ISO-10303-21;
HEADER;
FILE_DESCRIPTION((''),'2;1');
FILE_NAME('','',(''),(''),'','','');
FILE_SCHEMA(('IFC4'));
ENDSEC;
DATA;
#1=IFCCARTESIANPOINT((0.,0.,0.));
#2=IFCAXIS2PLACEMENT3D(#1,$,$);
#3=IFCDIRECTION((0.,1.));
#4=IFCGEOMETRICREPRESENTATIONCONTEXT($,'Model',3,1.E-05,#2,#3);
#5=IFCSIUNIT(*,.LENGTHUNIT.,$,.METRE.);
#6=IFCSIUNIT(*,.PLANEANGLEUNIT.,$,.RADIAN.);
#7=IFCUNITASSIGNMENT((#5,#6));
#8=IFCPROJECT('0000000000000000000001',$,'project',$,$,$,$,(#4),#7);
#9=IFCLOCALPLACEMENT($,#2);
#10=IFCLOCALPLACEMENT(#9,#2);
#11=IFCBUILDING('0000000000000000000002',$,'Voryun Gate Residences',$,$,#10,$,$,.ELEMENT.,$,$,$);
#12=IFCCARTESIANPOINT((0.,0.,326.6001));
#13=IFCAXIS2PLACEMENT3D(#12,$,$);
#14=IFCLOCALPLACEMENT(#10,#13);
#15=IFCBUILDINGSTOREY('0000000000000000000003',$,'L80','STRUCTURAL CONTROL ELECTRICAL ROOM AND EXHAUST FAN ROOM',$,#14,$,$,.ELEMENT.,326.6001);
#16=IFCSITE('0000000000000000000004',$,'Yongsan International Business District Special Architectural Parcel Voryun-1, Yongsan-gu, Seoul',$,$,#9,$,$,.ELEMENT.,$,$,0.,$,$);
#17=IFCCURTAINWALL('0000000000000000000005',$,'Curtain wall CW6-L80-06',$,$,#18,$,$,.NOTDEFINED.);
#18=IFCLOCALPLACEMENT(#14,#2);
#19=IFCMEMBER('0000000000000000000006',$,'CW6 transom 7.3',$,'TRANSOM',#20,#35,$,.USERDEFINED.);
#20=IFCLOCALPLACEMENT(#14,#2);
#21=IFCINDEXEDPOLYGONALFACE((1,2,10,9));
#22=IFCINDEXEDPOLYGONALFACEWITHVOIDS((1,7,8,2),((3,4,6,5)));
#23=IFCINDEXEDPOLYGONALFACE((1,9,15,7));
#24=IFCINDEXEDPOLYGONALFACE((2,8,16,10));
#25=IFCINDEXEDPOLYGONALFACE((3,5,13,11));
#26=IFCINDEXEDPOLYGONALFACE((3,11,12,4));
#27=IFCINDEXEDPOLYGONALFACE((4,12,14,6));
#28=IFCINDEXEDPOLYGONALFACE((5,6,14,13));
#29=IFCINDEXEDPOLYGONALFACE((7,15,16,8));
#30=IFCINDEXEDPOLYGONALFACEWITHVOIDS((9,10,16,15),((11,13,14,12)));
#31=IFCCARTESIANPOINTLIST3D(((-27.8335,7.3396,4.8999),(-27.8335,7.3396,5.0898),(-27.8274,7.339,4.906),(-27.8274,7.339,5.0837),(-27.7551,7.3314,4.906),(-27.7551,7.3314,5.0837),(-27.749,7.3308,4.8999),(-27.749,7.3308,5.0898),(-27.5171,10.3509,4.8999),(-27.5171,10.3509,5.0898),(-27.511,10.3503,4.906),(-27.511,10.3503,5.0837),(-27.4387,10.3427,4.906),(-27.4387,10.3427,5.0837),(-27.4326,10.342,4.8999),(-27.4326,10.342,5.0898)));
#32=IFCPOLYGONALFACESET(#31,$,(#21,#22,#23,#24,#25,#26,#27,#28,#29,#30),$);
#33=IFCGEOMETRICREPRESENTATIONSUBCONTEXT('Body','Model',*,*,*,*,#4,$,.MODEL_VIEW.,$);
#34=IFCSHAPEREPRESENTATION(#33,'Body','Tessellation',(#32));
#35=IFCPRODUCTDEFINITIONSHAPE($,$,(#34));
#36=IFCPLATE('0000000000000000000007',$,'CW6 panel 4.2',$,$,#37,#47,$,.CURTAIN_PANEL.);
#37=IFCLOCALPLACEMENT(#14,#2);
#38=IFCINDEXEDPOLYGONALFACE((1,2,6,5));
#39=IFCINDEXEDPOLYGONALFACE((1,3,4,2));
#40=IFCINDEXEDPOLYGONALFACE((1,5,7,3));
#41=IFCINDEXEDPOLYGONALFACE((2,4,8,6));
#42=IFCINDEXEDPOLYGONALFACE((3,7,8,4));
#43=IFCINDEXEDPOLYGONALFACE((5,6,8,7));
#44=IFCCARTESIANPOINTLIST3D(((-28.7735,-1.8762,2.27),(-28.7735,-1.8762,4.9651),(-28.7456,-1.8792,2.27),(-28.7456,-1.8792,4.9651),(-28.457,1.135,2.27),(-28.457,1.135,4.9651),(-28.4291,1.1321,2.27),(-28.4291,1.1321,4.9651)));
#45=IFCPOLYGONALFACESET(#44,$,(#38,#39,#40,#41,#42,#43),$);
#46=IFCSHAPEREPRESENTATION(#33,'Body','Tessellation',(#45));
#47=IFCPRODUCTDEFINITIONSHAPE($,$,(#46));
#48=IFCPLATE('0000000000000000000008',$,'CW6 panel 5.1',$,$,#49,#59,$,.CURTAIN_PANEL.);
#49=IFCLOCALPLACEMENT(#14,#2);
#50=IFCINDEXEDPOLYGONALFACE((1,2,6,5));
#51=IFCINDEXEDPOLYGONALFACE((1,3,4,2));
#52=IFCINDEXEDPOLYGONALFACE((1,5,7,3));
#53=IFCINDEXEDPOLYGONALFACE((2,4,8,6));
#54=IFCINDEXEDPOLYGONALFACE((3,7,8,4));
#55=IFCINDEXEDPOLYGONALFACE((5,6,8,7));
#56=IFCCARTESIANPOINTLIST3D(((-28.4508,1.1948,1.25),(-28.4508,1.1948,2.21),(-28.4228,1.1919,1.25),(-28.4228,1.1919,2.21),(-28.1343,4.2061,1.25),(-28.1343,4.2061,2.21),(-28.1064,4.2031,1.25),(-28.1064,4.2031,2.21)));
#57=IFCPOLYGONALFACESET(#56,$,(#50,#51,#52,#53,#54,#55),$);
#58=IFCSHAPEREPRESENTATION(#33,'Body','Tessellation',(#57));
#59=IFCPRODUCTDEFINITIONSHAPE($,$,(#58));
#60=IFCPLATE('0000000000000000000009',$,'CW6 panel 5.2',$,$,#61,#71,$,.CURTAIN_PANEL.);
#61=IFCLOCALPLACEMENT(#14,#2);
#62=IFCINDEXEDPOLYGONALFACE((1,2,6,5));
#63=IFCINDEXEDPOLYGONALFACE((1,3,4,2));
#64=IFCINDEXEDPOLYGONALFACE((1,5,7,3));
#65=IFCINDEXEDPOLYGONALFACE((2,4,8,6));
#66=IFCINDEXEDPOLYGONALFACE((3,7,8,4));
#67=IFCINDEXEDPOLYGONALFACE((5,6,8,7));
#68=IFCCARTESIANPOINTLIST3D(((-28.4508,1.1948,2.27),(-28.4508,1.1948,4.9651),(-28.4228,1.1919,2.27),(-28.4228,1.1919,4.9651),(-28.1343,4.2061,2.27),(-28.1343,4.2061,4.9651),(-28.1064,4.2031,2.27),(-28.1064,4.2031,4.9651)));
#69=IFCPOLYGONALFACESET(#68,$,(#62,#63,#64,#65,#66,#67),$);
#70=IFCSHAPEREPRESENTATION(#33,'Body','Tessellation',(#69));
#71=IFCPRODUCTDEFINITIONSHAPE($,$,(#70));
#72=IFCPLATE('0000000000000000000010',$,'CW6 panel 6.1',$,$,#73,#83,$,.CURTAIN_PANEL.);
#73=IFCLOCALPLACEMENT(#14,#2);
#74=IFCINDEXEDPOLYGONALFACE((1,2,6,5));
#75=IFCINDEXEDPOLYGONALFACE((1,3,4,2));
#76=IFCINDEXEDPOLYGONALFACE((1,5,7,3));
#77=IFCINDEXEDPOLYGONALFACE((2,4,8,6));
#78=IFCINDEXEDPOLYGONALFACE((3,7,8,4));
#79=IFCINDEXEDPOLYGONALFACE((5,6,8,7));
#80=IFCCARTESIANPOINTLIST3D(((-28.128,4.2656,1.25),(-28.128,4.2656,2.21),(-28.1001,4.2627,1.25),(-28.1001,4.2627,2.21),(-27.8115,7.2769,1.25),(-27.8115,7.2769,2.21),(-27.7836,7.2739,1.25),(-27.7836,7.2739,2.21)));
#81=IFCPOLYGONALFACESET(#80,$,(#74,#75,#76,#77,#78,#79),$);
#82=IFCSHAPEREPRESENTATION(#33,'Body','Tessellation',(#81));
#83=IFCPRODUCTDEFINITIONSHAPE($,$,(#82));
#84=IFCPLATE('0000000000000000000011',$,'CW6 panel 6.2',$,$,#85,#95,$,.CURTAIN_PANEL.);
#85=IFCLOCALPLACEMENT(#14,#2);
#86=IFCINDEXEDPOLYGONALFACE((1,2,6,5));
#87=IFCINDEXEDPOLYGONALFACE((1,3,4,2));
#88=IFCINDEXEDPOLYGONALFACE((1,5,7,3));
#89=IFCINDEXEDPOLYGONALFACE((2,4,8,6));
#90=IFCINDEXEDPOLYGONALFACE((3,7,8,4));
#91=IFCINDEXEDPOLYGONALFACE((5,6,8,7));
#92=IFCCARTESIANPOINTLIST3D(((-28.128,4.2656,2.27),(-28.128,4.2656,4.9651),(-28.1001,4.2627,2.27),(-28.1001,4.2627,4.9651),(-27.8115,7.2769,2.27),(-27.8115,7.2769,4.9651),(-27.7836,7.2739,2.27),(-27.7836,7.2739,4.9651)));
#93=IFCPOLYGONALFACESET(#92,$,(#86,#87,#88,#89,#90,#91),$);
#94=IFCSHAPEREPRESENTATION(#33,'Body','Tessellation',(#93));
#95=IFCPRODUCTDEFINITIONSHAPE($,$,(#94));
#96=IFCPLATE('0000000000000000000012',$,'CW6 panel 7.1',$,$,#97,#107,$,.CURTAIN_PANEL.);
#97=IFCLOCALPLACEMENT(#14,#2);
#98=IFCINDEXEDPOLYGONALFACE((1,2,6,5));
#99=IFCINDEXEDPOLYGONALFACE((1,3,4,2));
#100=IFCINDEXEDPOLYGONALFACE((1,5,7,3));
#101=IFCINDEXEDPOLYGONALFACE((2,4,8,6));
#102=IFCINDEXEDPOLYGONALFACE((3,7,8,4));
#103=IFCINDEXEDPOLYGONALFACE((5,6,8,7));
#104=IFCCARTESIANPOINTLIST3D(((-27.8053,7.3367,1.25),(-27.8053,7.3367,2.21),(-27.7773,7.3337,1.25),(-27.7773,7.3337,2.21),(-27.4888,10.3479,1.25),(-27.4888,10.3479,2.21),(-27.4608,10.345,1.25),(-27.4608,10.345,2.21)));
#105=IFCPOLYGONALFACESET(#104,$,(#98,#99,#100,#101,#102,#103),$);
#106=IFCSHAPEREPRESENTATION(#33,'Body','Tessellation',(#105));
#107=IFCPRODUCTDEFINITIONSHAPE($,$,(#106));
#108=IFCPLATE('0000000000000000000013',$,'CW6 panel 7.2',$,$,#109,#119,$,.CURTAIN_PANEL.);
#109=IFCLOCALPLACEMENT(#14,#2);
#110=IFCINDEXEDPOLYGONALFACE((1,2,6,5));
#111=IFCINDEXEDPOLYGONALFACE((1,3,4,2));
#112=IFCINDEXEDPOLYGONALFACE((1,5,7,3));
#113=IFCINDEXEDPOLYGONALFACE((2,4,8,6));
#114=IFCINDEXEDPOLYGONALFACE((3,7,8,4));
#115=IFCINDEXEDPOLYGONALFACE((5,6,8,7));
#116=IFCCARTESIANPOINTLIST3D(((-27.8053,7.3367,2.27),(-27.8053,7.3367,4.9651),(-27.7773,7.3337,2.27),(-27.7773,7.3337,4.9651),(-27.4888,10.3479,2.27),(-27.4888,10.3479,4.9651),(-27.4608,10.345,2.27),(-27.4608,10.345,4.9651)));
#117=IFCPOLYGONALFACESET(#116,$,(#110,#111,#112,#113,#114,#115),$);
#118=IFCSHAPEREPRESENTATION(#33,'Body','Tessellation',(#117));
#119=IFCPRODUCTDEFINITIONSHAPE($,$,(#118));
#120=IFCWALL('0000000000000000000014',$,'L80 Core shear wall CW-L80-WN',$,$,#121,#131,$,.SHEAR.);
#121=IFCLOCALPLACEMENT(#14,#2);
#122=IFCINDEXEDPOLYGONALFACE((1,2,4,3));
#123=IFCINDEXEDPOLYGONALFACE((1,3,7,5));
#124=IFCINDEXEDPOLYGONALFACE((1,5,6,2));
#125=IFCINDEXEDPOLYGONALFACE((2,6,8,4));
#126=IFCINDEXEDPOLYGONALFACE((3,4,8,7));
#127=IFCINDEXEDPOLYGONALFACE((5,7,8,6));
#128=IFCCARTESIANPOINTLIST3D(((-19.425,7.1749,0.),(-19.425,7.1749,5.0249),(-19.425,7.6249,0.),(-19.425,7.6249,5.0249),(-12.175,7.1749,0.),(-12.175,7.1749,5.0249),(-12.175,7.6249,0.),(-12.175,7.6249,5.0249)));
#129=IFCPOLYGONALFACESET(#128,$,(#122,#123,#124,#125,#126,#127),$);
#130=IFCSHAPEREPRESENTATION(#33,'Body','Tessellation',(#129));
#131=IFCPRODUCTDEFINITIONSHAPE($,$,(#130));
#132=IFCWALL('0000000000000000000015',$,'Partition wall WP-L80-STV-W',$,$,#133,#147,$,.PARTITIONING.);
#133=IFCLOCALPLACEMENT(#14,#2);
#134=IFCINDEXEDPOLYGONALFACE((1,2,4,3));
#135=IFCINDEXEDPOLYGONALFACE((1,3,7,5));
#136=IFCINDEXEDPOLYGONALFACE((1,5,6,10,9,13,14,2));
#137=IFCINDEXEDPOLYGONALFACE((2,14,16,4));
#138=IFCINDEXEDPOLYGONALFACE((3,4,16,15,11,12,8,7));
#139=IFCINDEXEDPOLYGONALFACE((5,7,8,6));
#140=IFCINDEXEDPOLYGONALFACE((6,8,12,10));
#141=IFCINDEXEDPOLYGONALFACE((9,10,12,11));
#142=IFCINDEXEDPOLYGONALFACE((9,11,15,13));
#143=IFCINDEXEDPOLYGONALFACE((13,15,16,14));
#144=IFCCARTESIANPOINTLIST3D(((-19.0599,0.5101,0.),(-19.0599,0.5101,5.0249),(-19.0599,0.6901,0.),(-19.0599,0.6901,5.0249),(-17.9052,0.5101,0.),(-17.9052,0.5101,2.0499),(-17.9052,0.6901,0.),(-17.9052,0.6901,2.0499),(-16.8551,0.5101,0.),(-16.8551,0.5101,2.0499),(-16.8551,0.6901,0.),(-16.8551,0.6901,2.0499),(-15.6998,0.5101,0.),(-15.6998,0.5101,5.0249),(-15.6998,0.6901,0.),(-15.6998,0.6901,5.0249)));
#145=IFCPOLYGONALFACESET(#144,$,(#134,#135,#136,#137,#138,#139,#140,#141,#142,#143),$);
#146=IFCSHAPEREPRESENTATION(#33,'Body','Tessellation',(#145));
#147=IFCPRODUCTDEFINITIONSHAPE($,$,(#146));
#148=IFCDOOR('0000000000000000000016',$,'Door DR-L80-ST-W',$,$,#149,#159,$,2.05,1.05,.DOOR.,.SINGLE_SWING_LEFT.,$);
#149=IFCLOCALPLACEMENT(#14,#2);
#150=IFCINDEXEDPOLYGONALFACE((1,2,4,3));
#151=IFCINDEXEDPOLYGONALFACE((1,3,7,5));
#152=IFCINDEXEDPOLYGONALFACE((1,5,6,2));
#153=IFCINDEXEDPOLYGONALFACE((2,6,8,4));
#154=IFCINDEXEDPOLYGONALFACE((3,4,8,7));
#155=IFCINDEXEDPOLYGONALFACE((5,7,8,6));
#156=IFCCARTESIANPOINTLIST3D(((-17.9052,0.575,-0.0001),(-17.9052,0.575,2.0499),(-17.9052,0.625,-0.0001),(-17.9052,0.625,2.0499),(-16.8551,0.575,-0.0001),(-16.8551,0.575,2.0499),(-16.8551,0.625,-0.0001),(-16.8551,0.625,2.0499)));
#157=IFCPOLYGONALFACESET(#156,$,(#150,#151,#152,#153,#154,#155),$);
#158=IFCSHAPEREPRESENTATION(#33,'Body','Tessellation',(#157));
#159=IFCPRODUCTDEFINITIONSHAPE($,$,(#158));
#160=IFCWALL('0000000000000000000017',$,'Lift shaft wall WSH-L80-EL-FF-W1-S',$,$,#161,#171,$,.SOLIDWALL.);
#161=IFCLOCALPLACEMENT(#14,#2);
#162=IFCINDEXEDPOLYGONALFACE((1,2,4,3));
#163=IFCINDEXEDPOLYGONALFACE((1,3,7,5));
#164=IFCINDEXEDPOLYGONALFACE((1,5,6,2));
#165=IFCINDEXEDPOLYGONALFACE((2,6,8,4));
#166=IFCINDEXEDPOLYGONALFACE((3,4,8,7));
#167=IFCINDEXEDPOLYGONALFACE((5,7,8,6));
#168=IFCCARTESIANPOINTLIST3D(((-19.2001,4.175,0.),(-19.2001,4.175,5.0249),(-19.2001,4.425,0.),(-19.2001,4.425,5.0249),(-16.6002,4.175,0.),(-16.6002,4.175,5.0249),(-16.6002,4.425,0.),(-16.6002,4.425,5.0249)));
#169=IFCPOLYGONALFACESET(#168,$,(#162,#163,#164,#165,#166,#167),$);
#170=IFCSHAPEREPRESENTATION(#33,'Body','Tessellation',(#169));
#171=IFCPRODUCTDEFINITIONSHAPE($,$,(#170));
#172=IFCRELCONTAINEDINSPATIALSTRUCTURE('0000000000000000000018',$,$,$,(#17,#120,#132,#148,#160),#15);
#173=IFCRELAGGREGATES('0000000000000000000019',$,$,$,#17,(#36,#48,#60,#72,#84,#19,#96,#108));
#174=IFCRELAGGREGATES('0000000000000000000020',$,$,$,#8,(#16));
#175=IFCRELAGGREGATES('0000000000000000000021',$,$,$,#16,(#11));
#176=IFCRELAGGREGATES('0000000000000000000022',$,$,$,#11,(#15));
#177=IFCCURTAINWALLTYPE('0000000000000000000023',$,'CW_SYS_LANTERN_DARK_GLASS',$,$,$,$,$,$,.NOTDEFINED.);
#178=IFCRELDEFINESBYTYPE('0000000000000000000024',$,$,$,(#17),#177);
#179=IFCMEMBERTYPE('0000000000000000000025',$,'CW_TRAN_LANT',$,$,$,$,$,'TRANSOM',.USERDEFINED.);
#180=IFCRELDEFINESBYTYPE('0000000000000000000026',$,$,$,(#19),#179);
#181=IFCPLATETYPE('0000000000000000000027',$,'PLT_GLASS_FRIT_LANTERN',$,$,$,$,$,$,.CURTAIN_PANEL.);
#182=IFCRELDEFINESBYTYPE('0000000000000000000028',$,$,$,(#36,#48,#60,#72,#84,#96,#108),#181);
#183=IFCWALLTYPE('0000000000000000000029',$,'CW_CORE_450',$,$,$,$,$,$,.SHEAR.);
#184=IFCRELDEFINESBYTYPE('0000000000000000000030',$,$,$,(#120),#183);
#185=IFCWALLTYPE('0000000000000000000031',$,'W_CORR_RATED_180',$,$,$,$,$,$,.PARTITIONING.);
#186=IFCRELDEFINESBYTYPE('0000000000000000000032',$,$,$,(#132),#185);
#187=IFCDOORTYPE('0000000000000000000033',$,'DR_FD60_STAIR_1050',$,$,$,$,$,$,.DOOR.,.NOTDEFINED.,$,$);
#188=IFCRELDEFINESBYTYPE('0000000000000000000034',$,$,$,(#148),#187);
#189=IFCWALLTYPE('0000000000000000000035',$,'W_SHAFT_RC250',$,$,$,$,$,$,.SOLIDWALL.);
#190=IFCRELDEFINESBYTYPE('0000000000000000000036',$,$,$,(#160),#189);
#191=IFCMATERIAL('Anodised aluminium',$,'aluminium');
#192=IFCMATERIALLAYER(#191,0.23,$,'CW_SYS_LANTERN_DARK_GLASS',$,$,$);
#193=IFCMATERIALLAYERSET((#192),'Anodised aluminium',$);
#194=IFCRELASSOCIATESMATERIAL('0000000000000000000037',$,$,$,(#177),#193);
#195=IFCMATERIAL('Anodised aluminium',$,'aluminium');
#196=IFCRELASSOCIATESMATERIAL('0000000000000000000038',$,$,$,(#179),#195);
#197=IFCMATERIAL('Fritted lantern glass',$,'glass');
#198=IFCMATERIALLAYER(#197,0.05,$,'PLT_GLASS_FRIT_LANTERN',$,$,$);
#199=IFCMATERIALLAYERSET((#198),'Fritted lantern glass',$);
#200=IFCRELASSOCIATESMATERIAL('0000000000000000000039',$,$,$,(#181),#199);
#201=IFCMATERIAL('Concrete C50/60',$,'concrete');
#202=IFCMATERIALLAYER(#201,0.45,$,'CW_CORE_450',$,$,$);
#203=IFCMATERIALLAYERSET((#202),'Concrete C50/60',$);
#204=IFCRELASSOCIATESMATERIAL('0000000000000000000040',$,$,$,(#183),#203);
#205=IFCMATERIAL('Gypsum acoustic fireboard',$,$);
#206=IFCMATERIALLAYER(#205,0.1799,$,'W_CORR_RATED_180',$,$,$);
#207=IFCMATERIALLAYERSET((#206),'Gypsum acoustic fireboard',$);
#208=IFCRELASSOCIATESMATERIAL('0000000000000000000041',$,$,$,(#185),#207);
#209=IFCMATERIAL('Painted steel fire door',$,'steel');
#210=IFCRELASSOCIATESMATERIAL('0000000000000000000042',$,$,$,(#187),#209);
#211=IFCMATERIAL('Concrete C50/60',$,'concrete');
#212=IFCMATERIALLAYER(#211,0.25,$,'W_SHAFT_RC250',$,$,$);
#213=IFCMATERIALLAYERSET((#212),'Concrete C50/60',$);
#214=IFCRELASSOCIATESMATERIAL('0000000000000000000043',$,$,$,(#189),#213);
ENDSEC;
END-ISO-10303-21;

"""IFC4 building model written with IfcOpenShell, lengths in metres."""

from ifc_helpers import new_model, si_unit, direction, frame, frame_2d, origin, origin_2d, place, context, subcontext, project, spatial, rectangle, hollow_rectangle, extrude, material, layer, layer_set, material_profile, profile_set, type_object, element, fill, aggregate, save


model = new_model("IFC4")

# Units and contexts
model_context = context("Model", 3, precision=1e-05, world=origin(), true_north=direction((0.0, 1.0)))
body_context = subcontext(model_context, "Body", "Model", "MODEL_VIEW")
ifc_project = project(units=[si_unit("LENGTHUNIT", "METRE"), si_unit("PLANEANGLEUNIT", "RADIAN")], contexts=[model_context])

# Site, building, storey
site_placement = place(None, origin())
site = spatial("IfcSite", under=ifc_project, at=site_placement, Name="Yongsan International Business District Special Architectural Parcel Voryun-1, Yongsan-gu, Seoul", CompositionType="ELEMENT", RefElevation=0.0)
building_placement = place(site_placement, origin())
building = spatial("IfcBuilding", under=site, at=building_placement, Name="Voryun Gate Residences", CompositionType="ELEMENT")
storey_placement = place(building_placement, frame((0.0, 0.0, 326.6001)))
storey = spatial("IfcBuildingStorey", under=building, at=storey_placement, Name="L80", Description="STRUCTURAL CONTROL ELECTRICAL ROOM AND EXHAUST FAN ROOM", CompositionType="ELEMENT", Elevation=326.6001)

# Curtain wall, member, plates
ifc_material_1 = material(Name="Anodised aluminium", Category="aluminium")
ifc_layer_1 = layer(ifc_material_1, 0.23, Name="CW_SYS_LANTERN_DARK_GLASS")
ifc_layer_set_1 = layer_set([ifc_layer_1], Name="Anodised aluminium")
curtain_wall_type = type_object("IfcCurtainWallType", Name="CW_SYS_LANTERN_DARK_GLASS", PredefinedType="NOTDEFINED", material=ifc_layer_set_1)
curtain_wall_placement = place(storey_placement, origin())
curtain_wall = element("IfcCurtainWall", 1, at=curtain_wall_placement, inside=storey, type_object=curtain_wall_type, Name="Curtain wall CW6-L80-06", PredefinedType="NOTDEFINED")
ifc_material_2 = material(Name="Anodised aluminium", Category="aluminium")
ifc_material_profile_1 = material_profile(ifc_material_2, hollow_rectangle(XDim=0.085, YDim=0.1899, WallThickness=0.0061, at=origin_2d()), Name="ALU-TRAN-190x85x6")
ifc_profile_set_1 = profile_set([ifc_material_profile_1], Name="Anodised aluminium")
member_type_1 = type_object("IfcMemberType", Name="CW_TRAN_LANT", ElementType="TRANSOM", PredefinedType="USERDEFINED", material=ifc_profile_set_1)
member_1_placement = place(storey_placement, frame((-27.7913, 7.3352, 4.9949), z_axis=(0.1045, 0.994525, 0.0), x_axis=(-0.994525, 0.1045, 0.0)))
member_1 = element("IfcMember", 2, at=member_1_placement, type_object=member_type_1, Name="CW6 transom 7.3", ObjectType="TRANSOM", PredefinedType="USERDEFINED", context=body_context, shape_type="SweptSolid", body=[
    extrude(hollow_rectangle(XDim=0.085, YDim=0.1899, WallThickness=0.0061, at=origin_2d()), origin(), (0.0, 0.0, 1.0), 3.0278),
])
ifc_material_3 = material(Name="Fritted lantern glass", Category="glass")
ifc_layer_2 = layer(ifc_material_3, 0.05, Name="PLT_GLASS_FRIT_LANTERN")
ifc_layer_set_2 = layer_set([ifc_layer_2], Name="Fritted lantern glass")
plate_type = type_object("IfcPlateType", Name="PLT_GLASS_FRIT_LANTERN", PredefinedType="CURTAIN_PANEL", material=ifc_layer_set_2)
plate_1_placement = place(storey_placement, frame((-28.6013, -0.3721, 2.27), z_axis=(0.0, 0.0, 1.0), x_axis=(0.104528, 0.994522, 0.0)))
plate_1 = element("IfcPlate", 3, at=plate_1_placement, type_object=plate_type, Name="CW6 panel 4.2", PredefinedType="CURTAIN_PANEL", context=body_context, shape_type="SweptSolid", body=[
    extrude(rectangle(XDim=3.0278, YDim=0.0281, at=origin_2d()), origin(), (0.0, 0.0, 1.0), 2.6951),
])
plate_2_placement = place(storey_placement, frame((-28.2786, 2.699, 1.25), z_axis=(0.0, 0.0, 1.0), x_axis=(0.104528, 0.994522, 0.0)))
plate_2 = element("IfcPlate", 4, at=plate_2_placement, type_object=plate_type, Name="CW6 panel 5.1", PredefinedType="CURTAIN_PANEL", context=body_context, shape_type="SweptSolid", body=[
    extrude(rectangle(XDim=3.0278, YDim=0.0281, at=origin_2d()), origin(), (0.0, 0.0, 1.0), 0.96),
])
plate_3_placement = place(storey_placement, frame((-28.2786, 2.699, 2.27), z_axis=(0.0, 0.0, 1.0), x_axis=(0.104528, 0.994522, 0.0)))
plate_3 = element("IfcPlate", 5, at=plate_3_placement, type_object=plate_type, Name="CW6 panel 5.2", PredefinedType="CURTAIN_PANEL", context=body_context, shape_type="SweptSolid", body=[
    extrude(rectangle(XDim=3.0278, YDim=0.0281, at=origin_2d()), origin(), (0.0, 0.0, 1.0), 2.6951),
])
plate_4_placement = place(storey_placement, frame((-27.9558, 5.7698, 1.25), z_axis=(0.0, 0.0, 1.0), x_axis=(0.104528, 0.994522, 0.0)))
plate_4 = element("IfcPlate", 6, at=plate_4_placement, type_object=plate_type, Name="CW6 panel 6.1", PredefinedType="CURTAIN_PANEL", context=body_context, shape_type="SweptSolid", body=[
    extrude(rectangle(XDim=3.0278, YDim=0.0281, at=origin_2d()), origin(), (0.0, 0.0, 1.0), 0.96),
])
plate_5_placement = place(storey_placement, frame((-27.9558, 5.7698, 2.27), z_axis=(0.0, 0.0, 1.0), x_axis=(0.104528, 0.994522, 0.0)))
plate_5 = element("IfcPlate", 7, at=plate_5_placement, type_object=plate_type, Name="CW6 panel 6.2", PredefinedType="CURTAIN_PANEL", context=body_context, shape_type="SweptSolid", body=[
    extrude(rectangle(XDim=3.0278, YDim=0.0281, at=origin_2d()), origin(), (0.0, 0.0, 1.0), 2.6951),
])
plate_6_placement = place(storey_placement, frame((-27.6331, 8.8408, 1.25), z_axis=(0.0, 0.0, 1.0), x_axis=(0.104528, 0.994522, 0.0)))
plate_6 = element("IfcPlate", 8, at=plate_6_placement, type_object=plate_type, Name="CW6 panel 7.1", PredefinedType="CURTAIN_PANEL", context=body_context, shape_type="SweptSolid", body=[
    extrude(rectangle(XDim=3.0278, YDim=0.0281, at=origin_2d()), origin(), (0.0, 0.0, 1.0), 0.96),
])
plate_7_placement = place(storey_placement, frame((-27.6331, 8.8408, 2.27), z_axis=(0.0, 0.0, 1.0), x_axis=(0.104528, 0.994522, 0.0)))
plate_7 = element("IfcPlate", 9, at=plate_7_placement, type_object=plate_type, Name="CW6 panel 7.2", PredefinedType="CURTAIN_PANEL", context=body_context, shape_type="SweptSolid", body=[
    extrude(rectangle(XDim=3.0278, YDim=0.0281, at=origin_2d()), origin(), (0.0, 0.0, 1.0), 2.6951),
])
aggregate(curtain_wall, [plate_1, plate_2, plate_3, plate_4, plate_5, member_1, plate_6, plate_7])

# Wall
ifc_material_4 = material(Name="Concrete C50/60", Category="concrete")
ifc_layer_3 = layer(ifc_material_4, 0.45, Name="CW_CORE_450")
ifc_layer_set_3 = layer_set([ifc_layer_3], Name="Concrete C50/60")
wall_type_1 = type_object("IfcWallType", Name="CW_CORE_450", PredefinedType="SHEAR", material=ifc_layer_set_3)
wall_1_placement = place(storey_placement, frame((-19.425, 7.3999, 0.0), z_axis=(0.0, 0.0, 1.0), x_axis=(1.0, 0.0, 0.0)))
element("IfcWall", 10, at=wall_1_placement, inside=storey, type_object=wall_type_1, Name="L80 Core shear wall CW-L80-WN", PredefinedType="SHEAR", context=body_context, shape_type="SweptSolid", body=[
    extrude(rectangle(XDim=7.25, YDim=0.45, at=frame_2d((3.625, 0.0))), origin(), (0.0, 0.0, 1.0), 5.0249),
])

# Wall, opening, door
ifc_material_5 = material(Name="Gypsum acoustic fireboard")
ifc_layer_4 = layer(ifc_material_5, 0.1799, Name="W_CORR_RATED_180")
ifc_layer_set_4 = layer_set([ifc_layer_4], Name="Gypsum acoustic fireboard")
wall_type_2 = type_object("IfcWallType", Name="W_CORR_RATED_180", PredefinedType="PARTITIONING", material=ifc_layer_set_4)
wall_2_placement = place(storey_placement, frame((-19.0601, 0.6001, 0.0), z_axis=(0.0, 0.0, 1.0), x_axis=(1.0, 0.0, 0.0)))
wall_2 = element("IfcWall", 11, at=wall_2_placement, inside=storey, type_object=wall_type_2, Name="Partition wall WP-L80-STV-W", PredefinedType="PARTITIONING", context=body_context, shape_type="SweptSolid", body=[
    extrude(rectangle(XDim=3.3601, YDim=0.1799, at=frame_2d((1.6802, 0.0))), origin(), (0.0, 0.0, 1.0), 5.0249),
])
opening_placement = place(wall_2_placement, frame((1.155, 0.0, 0.0)))
opening = element("IfcOpeningElement", 12, at=opening_placement, cuts=wall_2, PredefinedType="OPENING", context=body_context, shape_type="SweptSolid", body=[
    extrude(rectangle(XDim=1.05, YDim=2.05, at=frame_2d((0.5249, 1.0249))), frame((0.0, 0.0999, 0.0), z_axis=(0.0, -1.0, 0.0), x_axis=(1.0, 0.0, 0.0)), (0.0, 0.0, 1.0), 0.2),
])
ifc_material_6 = material(Name="Painted steel fire door", Category="steel")
door_type = type_object("IfcDoorType", Name="DR_FD60_STAIR_1050", OperationType="NOTDEFINED", PredefinedType="DOOR", material=ifc_material_6)
door_placement = place(opening_placement, origin())
door = element("IfcDoor", 13, at=door_placement, inside=storey, type_object=door_type, Name="Door DR-L80-ST-W", OperationType="SINGLE_SWING_LEFT", OverallHeight=2.05, OverallWidth=1.05, PredefinedType="DOOR", context=body_context, shape_type="SweptSolid", body=[
    extrude(rectangle(XDim=1.05, YDim=2.05, at=frame_2d((0.5249, 1.0249))), frame((0.0, 0.0249, 0.0), z_axis=(0.0, -1.0, 0.0), x_axis=(1.0, 0.0, 0.0)), (0.0, 0.0, 1.0), 0.05),
])
fill(opening, door)

# Wall
ifc_material_7 = material(Name="Concrete C50/60", Category="concrete")
ifc_layer_5 = layer(ifc_material_7, 0.25, Name="W_SHAFT_RC250")
ifc_layer_set_5 = layer_set([ifc_layer_5], Name="Concrete C50/60")
wall_type_3 = type_object("IfcWallType", Name="W_SHAFT_RC250", PredefinedType="SOLIDWALL", material=ifc_layer_set_5)
wall_3_placement = place(storey_placement, frame((-19.2, 4.3, 0.0), z_axis=(0.0, 0.0, 1.0), x_axis=(1.0, 0.0, 0.0)))
element("IfcWall", 14, at=wall_3_placement, inside=storey, type_object=wall_type_3, Name="Lift shaft wall WSH-L80-EL-FF-W1-S", PredefinedType="SOLIDWALL", context=body_context, shape_type="SweptSolid", body=[
    extrude(rectangle(XDim=2.5999, YDim=0.25, at=frame_2d((1.2998, 0.0))), origin(), (0.0, 0.0, 1.0), 5.0249),
])

save(model, "model.ifc")
